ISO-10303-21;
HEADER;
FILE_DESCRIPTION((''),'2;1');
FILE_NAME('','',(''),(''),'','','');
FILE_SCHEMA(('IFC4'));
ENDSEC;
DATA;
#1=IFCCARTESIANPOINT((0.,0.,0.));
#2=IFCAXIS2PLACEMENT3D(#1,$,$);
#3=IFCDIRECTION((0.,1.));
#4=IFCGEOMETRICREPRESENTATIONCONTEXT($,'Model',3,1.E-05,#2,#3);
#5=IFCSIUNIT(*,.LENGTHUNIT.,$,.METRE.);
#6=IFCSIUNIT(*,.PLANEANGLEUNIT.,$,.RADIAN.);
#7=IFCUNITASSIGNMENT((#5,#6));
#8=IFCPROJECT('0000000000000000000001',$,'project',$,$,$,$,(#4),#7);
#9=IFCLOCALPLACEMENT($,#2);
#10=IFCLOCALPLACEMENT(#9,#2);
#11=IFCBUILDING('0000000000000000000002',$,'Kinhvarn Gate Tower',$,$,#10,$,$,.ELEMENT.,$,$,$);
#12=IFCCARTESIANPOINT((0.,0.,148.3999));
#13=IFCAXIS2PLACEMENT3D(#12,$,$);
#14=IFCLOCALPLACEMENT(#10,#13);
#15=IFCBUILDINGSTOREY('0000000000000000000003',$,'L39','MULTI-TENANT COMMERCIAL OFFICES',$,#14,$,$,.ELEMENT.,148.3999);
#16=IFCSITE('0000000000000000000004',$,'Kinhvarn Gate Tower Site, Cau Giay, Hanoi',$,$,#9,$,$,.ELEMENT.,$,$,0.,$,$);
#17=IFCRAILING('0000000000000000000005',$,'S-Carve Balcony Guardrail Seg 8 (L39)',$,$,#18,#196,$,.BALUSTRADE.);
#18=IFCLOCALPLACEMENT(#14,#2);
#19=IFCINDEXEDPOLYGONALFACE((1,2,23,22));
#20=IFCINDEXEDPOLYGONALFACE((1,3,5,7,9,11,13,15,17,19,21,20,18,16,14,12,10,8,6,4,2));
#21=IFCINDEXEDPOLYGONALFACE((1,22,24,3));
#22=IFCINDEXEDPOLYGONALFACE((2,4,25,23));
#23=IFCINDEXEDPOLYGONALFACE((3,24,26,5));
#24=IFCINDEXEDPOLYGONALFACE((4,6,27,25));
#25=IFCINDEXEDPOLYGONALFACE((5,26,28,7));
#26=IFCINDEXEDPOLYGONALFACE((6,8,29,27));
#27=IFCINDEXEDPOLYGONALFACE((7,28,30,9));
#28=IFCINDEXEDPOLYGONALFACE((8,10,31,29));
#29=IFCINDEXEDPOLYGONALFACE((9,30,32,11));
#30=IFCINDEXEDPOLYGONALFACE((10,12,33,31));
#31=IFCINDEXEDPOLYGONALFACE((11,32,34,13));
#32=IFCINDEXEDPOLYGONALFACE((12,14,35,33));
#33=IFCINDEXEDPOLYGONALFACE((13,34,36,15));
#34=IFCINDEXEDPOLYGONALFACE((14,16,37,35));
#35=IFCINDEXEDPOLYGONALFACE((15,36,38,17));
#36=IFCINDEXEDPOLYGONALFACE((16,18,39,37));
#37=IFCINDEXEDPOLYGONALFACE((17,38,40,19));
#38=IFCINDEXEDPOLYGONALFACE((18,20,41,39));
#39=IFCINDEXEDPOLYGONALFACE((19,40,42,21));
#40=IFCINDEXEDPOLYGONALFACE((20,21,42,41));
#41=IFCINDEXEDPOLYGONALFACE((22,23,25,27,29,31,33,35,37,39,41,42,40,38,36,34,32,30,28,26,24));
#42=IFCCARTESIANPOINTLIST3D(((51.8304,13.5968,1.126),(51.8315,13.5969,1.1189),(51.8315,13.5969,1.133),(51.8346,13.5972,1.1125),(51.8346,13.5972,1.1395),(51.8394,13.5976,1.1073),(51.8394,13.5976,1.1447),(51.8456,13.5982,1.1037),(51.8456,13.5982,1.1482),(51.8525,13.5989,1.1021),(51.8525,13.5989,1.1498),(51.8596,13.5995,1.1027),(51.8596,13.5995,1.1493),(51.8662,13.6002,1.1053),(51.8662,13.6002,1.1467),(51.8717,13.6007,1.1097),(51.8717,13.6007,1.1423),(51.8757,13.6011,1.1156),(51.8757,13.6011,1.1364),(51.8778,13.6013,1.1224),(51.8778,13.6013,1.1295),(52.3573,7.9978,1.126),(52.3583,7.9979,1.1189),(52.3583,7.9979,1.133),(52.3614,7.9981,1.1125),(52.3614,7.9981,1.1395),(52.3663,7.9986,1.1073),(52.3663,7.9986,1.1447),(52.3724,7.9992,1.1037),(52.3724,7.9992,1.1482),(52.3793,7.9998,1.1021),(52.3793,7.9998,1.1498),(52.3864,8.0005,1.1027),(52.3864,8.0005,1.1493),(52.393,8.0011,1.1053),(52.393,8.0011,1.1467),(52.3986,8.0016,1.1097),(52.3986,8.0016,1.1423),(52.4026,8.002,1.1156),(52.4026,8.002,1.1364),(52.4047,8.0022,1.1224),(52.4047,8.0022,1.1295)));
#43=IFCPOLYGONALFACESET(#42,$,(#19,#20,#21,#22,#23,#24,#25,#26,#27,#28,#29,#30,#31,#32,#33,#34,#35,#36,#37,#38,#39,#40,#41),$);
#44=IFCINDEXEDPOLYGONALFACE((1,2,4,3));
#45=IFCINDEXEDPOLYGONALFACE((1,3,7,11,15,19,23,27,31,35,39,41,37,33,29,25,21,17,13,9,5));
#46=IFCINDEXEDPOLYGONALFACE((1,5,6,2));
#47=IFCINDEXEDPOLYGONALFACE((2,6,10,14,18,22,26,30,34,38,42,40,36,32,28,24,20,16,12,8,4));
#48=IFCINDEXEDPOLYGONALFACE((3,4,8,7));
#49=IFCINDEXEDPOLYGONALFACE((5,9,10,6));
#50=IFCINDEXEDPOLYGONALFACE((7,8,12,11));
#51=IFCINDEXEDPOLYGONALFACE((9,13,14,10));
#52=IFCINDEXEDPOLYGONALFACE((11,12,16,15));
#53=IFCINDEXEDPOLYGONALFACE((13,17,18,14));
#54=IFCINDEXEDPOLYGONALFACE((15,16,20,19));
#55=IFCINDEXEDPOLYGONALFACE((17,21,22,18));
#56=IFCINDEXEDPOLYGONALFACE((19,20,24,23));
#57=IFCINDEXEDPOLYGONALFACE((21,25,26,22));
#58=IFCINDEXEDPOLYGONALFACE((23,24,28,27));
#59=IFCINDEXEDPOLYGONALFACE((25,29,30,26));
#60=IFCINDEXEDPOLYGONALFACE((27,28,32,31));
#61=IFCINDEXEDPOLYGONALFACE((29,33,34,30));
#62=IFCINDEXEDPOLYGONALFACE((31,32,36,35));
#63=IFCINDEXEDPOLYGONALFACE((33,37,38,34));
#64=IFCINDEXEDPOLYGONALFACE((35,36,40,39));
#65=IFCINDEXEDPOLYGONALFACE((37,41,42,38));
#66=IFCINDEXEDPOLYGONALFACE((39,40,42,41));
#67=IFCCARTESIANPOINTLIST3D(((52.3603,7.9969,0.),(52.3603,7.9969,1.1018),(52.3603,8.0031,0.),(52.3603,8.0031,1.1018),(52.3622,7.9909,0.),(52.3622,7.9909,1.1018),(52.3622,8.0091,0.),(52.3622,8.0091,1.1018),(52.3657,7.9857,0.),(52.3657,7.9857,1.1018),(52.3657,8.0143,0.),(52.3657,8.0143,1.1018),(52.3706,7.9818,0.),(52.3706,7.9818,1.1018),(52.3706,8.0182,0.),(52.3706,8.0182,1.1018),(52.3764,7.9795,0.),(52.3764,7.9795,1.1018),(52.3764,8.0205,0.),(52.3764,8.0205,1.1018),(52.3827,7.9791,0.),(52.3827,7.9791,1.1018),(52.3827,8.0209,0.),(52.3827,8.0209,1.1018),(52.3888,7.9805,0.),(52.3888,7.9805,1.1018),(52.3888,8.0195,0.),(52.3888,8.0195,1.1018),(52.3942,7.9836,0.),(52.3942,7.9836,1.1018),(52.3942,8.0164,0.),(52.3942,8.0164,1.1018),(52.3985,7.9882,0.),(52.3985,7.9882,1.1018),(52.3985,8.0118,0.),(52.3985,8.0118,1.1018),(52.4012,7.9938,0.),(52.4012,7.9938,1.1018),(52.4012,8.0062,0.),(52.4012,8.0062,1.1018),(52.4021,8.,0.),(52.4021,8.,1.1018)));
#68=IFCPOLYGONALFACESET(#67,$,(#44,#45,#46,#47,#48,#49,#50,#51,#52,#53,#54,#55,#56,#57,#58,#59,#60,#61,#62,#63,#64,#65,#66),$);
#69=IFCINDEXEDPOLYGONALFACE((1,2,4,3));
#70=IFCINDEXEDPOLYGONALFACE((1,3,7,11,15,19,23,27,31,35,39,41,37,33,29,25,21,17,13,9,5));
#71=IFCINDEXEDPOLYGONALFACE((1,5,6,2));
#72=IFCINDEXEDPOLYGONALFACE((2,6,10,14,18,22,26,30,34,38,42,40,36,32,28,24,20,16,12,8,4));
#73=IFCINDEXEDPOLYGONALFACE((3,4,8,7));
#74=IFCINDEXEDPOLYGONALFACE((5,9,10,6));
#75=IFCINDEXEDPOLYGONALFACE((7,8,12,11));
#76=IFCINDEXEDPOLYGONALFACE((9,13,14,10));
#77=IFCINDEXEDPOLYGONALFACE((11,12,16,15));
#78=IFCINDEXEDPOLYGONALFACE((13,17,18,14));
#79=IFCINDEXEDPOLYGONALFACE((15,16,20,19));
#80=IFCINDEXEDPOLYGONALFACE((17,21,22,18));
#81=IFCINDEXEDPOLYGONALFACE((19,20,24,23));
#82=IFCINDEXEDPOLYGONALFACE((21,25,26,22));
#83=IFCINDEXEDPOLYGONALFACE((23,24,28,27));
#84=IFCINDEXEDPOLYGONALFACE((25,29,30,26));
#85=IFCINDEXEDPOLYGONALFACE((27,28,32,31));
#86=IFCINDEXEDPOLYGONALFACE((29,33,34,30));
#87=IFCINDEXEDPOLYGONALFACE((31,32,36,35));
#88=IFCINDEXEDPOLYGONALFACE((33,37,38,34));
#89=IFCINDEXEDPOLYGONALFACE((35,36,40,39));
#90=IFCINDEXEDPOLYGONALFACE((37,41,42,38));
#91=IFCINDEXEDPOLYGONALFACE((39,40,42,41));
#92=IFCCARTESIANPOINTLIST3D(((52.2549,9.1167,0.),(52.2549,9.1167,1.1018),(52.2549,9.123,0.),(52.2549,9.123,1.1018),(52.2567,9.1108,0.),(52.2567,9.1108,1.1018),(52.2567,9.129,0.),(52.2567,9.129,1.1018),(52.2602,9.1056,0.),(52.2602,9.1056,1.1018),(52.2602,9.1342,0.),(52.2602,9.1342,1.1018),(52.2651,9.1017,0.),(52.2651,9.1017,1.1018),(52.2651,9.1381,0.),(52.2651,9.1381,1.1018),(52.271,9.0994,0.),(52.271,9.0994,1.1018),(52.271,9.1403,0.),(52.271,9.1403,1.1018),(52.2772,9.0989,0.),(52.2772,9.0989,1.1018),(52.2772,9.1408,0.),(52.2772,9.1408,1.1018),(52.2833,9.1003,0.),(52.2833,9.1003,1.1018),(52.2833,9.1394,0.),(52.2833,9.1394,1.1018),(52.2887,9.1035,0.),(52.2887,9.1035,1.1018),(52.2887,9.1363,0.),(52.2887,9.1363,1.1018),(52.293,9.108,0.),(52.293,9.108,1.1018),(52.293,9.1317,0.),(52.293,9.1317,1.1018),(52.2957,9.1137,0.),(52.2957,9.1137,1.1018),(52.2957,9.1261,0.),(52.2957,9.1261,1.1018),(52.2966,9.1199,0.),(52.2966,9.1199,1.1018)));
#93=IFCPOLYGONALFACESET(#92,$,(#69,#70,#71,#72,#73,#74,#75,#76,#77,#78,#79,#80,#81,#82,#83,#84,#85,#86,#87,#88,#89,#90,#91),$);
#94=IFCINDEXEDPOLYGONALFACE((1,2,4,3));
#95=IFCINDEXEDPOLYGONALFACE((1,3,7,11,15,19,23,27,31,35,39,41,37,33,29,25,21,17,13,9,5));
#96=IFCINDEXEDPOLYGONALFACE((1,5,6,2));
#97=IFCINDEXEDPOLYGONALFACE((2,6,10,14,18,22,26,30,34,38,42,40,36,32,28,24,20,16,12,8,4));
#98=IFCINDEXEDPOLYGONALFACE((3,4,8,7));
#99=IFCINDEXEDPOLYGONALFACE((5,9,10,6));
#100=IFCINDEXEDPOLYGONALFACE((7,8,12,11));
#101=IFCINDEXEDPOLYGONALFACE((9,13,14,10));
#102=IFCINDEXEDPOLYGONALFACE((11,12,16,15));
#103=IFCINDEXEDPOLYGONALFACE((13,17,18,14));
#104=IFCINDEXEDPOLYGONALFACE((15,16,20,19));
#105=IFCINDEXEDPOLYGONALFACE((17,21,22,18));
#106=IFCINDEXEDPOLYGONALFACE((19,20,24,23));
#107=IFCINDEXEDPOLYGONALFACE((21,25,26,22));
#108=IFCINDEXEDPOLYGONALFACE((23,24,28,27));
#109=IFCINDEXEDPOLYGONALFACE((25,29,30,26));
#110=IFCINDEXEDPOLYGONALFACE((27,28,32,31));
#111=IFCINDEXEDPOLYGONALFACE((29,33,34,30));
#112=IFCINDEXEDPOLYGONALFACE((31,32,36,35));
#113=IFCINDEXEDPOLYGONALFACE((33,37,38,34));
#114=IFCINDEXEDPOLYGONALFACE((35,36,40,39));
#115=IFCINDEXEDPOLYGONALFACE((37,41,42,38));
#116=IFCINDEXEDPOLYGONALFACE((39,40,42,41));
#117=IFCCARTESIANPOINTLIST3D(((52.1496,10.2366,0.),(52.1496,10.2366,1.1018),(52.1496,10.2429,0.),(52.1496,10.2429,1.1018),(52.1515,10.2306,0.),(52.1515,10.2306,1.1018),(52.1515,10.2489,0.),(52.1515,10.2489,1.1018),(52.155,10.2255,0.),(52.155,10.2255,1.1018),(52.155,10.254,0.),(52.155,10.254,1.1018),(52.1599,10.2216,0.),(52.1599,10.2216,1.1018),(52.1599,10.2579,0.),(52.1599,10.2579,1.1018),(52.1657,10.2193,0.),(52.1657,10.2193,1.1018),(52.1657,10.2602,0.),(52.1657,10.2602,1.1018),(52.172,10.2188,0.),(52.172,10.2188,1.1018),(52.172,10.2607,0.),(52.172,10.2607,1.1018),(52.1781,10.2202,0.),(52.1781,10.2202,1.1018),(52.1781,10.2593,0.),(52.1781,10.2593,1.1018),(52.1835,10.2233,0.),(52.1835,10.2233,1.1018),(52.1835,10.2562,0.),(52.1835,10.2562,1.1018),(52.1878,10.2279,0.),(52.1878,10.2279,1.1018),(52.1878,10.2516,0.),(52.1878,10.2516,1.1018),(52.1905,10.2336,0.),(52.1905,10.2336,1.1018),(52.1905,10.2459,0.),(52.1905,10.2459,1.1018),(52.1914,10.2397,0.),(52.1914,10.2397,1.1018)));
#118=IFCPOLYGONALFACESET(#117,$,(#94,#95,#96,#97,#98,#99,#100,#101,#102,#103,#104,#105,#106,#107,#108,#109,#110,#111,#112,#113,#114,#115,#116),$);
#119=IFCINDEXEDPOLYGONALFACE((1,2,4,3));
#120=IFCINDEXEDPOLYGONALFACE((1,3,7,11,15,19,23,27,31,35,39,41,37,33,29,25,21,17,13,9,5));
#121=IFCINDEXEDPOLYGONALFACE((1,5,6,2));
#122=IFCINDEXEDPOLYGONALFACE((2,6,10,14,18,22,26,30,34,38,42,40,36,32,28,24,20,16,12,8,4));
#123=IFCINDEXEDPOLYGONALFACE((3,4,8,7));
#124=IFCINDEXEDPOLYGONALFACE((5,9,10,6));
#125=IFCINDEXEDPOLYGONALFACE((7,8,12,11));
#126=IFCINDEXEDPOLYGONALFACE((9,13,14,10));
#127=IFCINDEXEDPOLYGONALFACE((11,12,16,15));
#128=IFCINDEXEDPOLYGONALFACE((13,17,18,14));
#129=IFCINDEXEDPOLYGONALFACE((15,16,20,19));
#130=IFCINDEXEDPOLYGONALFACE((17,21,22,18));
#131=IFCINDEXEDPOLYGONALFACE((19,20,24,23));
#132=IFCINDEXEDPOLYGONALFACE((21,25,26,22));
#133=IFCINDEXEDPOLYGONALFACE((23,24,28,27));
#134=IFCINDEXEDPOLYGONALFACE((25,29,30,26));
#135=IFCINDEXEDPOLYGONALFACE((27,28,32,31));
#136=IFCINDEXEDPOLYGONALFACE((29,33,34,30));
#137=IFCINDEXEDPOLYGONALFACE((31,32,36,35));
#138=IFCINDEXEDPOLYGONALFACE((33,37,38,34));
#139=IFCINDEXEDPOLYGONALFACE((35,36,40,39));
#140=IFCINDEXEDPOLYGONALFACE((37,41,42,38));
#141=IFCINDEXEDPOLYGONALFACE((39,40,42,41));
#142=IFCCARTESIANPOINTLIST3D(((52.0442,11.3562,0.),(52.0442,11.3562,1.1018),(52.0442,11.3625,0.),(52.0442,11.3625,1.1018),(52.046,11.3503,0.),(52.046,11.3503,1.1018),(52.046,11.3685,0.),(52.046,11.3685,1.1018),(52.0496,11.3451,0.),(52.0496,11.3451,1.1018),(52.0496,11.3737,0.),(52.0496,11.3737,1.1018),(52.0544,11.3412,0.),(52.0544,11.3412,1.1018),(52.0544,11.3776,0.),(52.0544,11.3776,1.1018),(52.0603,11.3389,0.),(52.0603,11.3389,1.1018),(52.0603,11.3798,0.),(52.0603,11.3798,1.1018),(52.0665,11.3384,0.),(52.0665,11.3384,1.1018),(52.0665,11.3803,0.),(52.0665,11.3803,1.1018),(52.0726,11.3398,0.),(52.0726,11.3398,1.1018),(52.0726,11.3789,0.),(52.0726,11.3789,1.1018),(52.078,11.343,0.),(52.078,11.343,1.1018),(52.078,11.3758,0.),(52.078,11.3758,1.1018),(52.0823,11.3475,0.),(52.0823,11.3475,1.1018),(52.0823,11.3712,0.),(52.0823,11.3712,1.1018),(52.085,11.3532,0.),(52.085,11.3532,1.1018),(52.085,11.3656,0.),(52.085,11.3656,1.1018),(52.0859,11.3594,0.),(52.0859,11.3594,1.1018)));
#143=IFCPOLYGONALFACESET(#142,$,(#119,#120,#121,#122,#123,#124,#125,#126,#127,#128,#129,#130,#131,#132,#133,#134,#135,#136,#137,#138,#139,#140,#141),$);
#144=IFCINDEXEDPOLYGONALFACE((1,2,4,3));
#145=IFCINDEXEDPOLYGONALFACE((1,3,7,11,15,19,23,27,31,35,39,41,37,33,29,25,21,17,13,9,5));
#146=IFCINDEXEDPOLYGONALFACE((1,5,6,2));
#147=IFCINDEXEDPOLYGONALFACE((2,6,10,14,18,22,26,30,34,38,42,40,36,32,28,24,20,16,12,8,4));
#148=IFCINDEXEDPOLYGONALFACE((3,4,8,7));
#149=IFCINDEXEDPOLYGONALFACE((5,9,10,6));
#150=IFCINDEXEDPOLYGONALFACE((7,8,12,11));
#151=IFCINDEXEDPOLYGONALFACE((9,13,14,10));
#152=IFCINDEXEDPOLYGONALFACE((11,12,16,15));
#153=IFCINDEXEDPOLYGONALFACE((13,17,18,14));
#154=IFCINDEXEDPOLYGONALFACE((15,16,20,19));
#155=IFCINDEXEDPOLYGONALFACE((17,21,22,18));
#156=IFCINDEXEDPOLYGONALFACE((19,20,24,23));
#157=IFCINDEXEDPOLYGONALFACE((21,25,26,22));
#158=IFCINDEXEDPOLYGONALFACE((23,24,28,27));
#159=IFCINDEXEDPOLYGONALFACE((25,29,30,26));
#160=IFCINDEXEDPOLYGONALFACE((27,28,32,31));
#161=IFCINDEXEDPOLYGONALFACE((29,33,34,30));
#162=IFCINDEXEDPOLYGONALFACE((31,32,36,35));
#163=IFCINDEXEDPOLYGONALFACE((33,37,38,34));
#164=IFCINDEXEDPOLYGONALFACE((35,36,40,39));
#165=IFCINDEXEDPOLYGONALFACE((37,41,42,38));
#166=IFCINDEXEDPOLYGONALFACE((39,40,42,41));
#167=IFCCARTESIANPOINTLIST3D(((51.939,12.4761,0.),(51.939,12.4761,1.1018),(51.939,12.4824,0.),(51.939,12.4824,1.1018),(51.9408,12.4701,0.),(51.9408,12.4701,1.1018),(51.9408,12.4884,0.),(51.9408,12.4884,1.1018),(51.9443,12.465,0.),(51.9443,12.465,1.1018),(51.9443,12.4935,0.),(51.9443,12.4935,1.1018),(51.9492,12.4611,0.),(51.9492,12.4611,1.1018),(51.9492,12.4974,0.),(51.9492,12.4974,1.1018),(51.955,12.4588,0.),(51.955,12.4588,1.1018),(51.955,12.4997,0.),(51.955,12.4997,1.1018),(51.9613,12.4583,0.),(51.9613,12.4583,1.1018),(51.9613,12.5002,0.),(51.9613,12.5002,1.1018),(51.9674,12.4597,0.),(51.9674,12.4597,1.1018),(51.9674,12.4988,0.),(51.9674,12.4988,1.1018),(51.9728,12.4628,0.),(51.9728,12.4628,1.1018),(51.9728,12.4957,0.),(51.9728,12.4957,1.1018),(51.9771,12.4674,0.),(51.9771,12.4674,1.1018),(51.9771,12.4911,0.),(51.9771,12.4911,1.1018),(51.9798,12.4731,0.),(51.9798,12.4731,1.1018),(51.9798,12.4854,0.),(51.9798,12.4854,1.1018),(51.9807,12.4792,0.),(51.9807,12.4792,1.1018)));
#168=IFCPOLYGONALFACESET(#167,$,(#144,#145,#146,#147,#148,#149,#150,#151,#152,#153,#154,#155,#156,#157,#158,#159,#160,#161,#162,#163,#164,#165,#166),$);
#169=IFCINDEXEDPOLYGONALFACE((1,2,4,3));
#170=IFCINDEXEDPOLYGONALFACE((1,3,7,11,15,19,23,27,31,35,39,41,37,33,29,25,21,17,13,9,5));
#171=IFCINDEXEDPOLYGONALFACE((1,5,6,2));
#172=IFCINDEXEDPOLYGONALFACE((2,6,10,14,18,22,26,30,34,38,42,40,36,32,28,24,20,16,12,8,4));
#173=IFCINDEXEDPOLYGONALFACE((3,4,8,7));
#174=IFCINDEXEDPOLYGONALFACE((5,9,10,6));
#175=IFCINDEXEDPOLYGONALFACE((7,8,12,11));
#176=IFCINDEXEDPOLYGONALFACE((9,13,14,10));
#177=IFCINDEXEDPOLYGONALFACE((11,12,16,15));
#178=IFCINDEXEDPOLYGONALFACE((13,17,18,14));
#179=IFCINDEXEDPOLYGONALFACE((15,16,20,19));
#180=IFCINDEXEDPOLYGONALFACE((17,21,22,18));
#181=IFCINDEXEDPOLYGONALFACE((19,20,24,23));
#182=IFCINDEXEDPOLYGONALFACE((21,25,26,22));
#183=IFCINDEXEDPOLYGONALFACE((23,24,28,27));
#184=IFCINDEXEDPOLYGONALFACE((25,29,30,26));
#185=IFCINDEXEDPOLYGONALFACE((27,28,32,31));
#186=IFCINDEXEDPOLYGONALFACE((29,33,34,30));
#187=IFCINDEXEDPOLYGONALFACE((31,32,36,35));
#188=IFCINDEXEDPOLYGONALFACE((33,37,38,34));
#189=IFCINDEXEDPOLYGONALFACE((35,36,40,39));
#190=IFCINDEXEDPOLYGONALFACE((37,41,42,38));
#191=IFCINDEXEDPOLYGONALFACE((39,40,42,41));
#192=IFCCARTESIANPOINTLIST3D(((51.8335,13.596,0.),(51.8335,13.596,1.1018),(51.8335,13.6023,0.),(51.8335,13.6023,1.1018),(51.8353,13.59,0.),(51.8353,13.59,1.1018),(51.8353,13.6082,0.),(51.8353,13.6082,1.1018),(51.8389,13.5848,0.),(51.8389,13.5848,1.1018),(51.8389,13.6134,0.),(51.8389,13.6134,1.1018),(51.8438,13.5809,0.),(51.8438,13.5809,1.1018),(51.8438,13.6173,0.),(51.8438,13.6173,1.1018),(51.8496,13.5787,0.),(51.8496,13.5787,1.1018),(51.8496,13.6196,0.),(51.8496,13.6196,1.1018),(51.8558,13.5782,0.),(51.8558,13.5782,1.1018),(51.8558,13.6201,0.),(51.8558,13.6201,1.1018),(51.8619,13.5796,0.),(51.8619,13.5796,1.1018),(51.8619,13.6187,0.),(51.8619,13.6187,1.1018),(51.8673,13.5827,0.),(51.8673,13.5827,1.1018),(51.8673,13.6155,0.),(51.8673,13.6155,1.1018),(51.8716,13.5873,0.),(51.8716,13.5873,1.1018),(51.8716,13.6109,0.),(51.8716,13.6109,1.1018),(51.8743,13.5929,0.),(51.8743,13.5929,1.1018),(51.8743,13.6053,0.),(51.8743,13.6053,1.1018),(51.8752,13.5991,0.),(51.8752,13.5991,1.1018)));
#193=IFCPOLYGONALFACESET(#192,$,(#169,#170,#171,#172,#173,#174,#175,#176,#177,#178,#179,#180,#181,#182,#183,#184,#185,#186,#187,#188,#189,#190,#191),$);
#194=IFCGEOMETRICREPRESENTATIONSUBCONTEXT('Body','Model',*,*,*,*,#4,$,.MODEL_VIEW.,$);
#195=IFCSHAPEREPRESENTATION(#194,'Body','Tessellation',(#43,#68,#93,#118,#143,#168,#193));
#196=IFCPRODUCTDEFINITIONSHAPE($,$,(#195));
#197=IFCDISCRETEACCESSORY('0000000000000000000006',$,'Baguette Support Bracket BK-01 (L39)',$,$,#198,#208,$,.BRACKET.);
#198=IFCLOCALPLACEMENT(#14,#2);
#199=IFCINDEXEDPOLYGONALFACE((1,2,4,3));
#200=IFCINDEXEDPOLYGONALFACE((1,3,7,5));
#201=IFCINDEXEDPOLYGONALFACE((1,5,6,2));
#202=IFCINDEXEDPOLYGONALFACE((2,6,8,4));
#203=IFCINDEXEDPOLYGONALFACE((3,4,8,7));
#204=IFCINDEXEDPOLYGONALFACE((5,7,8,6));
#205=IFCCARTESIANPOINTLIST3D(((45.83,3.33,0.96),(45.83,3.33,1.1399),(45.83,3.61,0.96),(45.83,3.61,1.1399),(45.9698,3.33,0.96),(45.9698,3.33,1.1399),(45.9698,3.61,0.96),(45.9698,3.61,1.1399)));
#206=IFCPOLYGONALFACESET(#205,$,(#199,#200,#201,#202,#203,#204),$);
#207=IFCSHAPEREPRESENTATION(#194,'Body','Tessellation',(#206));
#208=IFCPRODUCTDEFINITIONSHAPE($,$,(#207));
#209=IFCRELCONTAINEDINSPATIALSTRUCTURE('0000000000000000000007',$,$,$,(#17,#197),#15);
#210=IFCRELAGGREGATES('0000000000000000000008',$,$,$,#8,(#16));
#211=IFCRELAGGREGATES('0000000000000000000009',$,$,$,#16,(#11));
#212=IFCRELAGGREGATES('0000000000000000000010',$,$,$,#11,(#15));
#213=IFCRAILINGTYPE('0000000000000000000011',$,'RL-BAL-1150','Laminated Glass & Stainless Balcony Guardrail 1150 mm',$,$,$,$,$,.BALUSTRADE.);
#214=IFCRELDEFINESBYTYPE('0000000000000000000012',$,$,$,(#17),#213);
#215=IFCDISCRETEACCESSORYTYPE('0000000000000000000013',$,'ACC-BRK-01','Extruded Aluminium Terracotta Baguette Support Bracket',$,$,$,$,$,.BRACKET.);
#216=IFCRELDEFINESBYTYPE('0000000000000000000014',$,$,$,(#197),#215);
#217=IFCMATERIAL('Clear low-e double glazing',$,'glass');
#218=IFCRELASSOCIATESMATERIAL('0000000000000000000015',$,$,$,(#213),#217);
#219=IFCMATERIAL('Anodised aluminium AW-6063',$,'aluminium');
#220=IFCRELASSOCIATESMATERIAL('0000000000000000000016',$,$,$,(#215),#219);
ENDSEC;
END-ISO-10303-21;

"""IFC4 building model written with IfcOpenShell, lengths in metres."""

from ifc_helpers import new_model, si_unit, direction, frame, origin, origin_2d, place, context, subcontext, project, spatial, rectangle, circle, extrude, material, type_object, element, save


model = new_model("IFC4")

# Units and contexts
model_context = context("Model", 3, precision=1e-05, world=origin(), true_north=direction((0.0, 1.0)))
body_context = subcontext(model_context, "Body", "Model", "MODEL_VIEW")
ifc_project = project(units=[si_unit("LENGTHUNIT", "METRE"), si_unit("PLANEANGLEUNIT", "RADIAN")], contexts=[model_context])

# Site, building, storey
site_placement = place(None, origin())
site = spatial("IfcSite", under=ifc_project, at=site_placement, Name="Kinhvarn Gate Tower Site, Cau Giay, Hanoi", CompositionType="ELEMENT", RefElevation=0.0)
building_placement = place(site_placement, origin())
building = spatial("IfcBuilding", under=site, at=building_placement, Name="Kinhvarn Gate Tower", CompositionType="ELEMENT")
storey_placement = place(building_placement, frame((0.0, 0.0, 148.3999)))
storey = spatial("IfcBuildingStorey", under=building, at=storey_placement, Name="L39", Description="MULTI-TENANT COMMERCIAL OFFICES", CompositionType="ELEMENT", Elevation=148.3999)

# Shared definitions
ifc_material_1 = material(Name="Anodised aluminium AW-6063", Category="aluminium")

# Shared definitions
ifc_material_2 = material(Name="Clear low-e double glazing", Category="glass")

# Railing
railing_type = type_object("IfcRailingType", Name="RL-BAL-1150", Description="Laminated Glass & Stainless Balcony Guardrail 1150 mm", PredefinedType="BALUSTRADE", material=ifc_material_2)
railing_1_placement = place(storey_placement, frame((52.3811, 8.0, 0.0)))
element("IfcRailing", 1, at=railing_1_placement, inside=storey, type_object=railing_type, Name="S-Carve Balcony Guardrail Seg 8 (L39)", PredefinedType="BALUSTRADE", context=body_context, shape_type="SweptSolid", body=[
    extrude(circle(Radius=0.0239, at=origin_2d()), frame((0.0, 0.0, 1.126), z_axis=(-0.093682, 0.995602, 0.0), x_axis=(-0.995602, -0.093682, 0.0)), (0.0, 0.0, 1.0), 5.6238),
    extrude(circle(Radius=0.021, at=origin_2d()), origin(), (0.0, 0.0, 1.0), 1.1018),
    extrude(circle(Radius=0.021, at=origin_2d()), frame((-0.1055, 1.1199, 0.0)), (0.0, 0.0, 1.0), 1.1018),
    extrude(circle(Radius=0.021, at=origin_2d()), frame((-0.2107, 2.2397, 0.0)), (0.0, 0.0, 1.0), 1.1018),
    extrude(circle(Radius=0.021, at=origin_2d()), frame((-0.3162, 3.3594, 0.0)), (0.0, 0.0, 1.0), 1.1018),
    extrude(circle(Radius=0.021, at=origin_2d()), frame((-0.4214, 4.4792, 0.0)), (0.0, 0.0, 1.0), 1.1018),
    extrude(circle(Radius=0.021, at=origin_2d()), frame((-0.5269, 5.5991, 0.0)), (0.0, 0.0, 1.0), 1.1018),
])

# Discrete accessory
discrete_accessory_type = type_object("IfcDiscreteAccessoryType", Name="ACC-BRK-01", Description="Extruded Aluminium Terracotta Baguette Support Bracket", PredefinedType="BRACKET", material=ifc_material_1)
for number, where, z_axis, x_axis, name in (
    (2, (45.8999, 3.47, 0.96), (0.0, 0.0, 1.0), (1.0, 0.0, 0.0), "Baguette Support Bracket BK-01 (L39)"),
):
    element("IfcDiscreteAccessory", number, at=place(storey_placement, frame(where, z_axis=z_axis, x_axis=x_axis)), inside=storey, type_object=discrete_accessory_type, Name=name, PredefinedType="BRACKET", context=body_context, shape_type="SweptSolid", body=[
        extrude(rectangle(XDim=0.1399, YDim=0.28, at=origin_2d()), origin(), (0.0, 0.0, 1.0), 0.1799),
    ])

save(model, "model.ifc")
